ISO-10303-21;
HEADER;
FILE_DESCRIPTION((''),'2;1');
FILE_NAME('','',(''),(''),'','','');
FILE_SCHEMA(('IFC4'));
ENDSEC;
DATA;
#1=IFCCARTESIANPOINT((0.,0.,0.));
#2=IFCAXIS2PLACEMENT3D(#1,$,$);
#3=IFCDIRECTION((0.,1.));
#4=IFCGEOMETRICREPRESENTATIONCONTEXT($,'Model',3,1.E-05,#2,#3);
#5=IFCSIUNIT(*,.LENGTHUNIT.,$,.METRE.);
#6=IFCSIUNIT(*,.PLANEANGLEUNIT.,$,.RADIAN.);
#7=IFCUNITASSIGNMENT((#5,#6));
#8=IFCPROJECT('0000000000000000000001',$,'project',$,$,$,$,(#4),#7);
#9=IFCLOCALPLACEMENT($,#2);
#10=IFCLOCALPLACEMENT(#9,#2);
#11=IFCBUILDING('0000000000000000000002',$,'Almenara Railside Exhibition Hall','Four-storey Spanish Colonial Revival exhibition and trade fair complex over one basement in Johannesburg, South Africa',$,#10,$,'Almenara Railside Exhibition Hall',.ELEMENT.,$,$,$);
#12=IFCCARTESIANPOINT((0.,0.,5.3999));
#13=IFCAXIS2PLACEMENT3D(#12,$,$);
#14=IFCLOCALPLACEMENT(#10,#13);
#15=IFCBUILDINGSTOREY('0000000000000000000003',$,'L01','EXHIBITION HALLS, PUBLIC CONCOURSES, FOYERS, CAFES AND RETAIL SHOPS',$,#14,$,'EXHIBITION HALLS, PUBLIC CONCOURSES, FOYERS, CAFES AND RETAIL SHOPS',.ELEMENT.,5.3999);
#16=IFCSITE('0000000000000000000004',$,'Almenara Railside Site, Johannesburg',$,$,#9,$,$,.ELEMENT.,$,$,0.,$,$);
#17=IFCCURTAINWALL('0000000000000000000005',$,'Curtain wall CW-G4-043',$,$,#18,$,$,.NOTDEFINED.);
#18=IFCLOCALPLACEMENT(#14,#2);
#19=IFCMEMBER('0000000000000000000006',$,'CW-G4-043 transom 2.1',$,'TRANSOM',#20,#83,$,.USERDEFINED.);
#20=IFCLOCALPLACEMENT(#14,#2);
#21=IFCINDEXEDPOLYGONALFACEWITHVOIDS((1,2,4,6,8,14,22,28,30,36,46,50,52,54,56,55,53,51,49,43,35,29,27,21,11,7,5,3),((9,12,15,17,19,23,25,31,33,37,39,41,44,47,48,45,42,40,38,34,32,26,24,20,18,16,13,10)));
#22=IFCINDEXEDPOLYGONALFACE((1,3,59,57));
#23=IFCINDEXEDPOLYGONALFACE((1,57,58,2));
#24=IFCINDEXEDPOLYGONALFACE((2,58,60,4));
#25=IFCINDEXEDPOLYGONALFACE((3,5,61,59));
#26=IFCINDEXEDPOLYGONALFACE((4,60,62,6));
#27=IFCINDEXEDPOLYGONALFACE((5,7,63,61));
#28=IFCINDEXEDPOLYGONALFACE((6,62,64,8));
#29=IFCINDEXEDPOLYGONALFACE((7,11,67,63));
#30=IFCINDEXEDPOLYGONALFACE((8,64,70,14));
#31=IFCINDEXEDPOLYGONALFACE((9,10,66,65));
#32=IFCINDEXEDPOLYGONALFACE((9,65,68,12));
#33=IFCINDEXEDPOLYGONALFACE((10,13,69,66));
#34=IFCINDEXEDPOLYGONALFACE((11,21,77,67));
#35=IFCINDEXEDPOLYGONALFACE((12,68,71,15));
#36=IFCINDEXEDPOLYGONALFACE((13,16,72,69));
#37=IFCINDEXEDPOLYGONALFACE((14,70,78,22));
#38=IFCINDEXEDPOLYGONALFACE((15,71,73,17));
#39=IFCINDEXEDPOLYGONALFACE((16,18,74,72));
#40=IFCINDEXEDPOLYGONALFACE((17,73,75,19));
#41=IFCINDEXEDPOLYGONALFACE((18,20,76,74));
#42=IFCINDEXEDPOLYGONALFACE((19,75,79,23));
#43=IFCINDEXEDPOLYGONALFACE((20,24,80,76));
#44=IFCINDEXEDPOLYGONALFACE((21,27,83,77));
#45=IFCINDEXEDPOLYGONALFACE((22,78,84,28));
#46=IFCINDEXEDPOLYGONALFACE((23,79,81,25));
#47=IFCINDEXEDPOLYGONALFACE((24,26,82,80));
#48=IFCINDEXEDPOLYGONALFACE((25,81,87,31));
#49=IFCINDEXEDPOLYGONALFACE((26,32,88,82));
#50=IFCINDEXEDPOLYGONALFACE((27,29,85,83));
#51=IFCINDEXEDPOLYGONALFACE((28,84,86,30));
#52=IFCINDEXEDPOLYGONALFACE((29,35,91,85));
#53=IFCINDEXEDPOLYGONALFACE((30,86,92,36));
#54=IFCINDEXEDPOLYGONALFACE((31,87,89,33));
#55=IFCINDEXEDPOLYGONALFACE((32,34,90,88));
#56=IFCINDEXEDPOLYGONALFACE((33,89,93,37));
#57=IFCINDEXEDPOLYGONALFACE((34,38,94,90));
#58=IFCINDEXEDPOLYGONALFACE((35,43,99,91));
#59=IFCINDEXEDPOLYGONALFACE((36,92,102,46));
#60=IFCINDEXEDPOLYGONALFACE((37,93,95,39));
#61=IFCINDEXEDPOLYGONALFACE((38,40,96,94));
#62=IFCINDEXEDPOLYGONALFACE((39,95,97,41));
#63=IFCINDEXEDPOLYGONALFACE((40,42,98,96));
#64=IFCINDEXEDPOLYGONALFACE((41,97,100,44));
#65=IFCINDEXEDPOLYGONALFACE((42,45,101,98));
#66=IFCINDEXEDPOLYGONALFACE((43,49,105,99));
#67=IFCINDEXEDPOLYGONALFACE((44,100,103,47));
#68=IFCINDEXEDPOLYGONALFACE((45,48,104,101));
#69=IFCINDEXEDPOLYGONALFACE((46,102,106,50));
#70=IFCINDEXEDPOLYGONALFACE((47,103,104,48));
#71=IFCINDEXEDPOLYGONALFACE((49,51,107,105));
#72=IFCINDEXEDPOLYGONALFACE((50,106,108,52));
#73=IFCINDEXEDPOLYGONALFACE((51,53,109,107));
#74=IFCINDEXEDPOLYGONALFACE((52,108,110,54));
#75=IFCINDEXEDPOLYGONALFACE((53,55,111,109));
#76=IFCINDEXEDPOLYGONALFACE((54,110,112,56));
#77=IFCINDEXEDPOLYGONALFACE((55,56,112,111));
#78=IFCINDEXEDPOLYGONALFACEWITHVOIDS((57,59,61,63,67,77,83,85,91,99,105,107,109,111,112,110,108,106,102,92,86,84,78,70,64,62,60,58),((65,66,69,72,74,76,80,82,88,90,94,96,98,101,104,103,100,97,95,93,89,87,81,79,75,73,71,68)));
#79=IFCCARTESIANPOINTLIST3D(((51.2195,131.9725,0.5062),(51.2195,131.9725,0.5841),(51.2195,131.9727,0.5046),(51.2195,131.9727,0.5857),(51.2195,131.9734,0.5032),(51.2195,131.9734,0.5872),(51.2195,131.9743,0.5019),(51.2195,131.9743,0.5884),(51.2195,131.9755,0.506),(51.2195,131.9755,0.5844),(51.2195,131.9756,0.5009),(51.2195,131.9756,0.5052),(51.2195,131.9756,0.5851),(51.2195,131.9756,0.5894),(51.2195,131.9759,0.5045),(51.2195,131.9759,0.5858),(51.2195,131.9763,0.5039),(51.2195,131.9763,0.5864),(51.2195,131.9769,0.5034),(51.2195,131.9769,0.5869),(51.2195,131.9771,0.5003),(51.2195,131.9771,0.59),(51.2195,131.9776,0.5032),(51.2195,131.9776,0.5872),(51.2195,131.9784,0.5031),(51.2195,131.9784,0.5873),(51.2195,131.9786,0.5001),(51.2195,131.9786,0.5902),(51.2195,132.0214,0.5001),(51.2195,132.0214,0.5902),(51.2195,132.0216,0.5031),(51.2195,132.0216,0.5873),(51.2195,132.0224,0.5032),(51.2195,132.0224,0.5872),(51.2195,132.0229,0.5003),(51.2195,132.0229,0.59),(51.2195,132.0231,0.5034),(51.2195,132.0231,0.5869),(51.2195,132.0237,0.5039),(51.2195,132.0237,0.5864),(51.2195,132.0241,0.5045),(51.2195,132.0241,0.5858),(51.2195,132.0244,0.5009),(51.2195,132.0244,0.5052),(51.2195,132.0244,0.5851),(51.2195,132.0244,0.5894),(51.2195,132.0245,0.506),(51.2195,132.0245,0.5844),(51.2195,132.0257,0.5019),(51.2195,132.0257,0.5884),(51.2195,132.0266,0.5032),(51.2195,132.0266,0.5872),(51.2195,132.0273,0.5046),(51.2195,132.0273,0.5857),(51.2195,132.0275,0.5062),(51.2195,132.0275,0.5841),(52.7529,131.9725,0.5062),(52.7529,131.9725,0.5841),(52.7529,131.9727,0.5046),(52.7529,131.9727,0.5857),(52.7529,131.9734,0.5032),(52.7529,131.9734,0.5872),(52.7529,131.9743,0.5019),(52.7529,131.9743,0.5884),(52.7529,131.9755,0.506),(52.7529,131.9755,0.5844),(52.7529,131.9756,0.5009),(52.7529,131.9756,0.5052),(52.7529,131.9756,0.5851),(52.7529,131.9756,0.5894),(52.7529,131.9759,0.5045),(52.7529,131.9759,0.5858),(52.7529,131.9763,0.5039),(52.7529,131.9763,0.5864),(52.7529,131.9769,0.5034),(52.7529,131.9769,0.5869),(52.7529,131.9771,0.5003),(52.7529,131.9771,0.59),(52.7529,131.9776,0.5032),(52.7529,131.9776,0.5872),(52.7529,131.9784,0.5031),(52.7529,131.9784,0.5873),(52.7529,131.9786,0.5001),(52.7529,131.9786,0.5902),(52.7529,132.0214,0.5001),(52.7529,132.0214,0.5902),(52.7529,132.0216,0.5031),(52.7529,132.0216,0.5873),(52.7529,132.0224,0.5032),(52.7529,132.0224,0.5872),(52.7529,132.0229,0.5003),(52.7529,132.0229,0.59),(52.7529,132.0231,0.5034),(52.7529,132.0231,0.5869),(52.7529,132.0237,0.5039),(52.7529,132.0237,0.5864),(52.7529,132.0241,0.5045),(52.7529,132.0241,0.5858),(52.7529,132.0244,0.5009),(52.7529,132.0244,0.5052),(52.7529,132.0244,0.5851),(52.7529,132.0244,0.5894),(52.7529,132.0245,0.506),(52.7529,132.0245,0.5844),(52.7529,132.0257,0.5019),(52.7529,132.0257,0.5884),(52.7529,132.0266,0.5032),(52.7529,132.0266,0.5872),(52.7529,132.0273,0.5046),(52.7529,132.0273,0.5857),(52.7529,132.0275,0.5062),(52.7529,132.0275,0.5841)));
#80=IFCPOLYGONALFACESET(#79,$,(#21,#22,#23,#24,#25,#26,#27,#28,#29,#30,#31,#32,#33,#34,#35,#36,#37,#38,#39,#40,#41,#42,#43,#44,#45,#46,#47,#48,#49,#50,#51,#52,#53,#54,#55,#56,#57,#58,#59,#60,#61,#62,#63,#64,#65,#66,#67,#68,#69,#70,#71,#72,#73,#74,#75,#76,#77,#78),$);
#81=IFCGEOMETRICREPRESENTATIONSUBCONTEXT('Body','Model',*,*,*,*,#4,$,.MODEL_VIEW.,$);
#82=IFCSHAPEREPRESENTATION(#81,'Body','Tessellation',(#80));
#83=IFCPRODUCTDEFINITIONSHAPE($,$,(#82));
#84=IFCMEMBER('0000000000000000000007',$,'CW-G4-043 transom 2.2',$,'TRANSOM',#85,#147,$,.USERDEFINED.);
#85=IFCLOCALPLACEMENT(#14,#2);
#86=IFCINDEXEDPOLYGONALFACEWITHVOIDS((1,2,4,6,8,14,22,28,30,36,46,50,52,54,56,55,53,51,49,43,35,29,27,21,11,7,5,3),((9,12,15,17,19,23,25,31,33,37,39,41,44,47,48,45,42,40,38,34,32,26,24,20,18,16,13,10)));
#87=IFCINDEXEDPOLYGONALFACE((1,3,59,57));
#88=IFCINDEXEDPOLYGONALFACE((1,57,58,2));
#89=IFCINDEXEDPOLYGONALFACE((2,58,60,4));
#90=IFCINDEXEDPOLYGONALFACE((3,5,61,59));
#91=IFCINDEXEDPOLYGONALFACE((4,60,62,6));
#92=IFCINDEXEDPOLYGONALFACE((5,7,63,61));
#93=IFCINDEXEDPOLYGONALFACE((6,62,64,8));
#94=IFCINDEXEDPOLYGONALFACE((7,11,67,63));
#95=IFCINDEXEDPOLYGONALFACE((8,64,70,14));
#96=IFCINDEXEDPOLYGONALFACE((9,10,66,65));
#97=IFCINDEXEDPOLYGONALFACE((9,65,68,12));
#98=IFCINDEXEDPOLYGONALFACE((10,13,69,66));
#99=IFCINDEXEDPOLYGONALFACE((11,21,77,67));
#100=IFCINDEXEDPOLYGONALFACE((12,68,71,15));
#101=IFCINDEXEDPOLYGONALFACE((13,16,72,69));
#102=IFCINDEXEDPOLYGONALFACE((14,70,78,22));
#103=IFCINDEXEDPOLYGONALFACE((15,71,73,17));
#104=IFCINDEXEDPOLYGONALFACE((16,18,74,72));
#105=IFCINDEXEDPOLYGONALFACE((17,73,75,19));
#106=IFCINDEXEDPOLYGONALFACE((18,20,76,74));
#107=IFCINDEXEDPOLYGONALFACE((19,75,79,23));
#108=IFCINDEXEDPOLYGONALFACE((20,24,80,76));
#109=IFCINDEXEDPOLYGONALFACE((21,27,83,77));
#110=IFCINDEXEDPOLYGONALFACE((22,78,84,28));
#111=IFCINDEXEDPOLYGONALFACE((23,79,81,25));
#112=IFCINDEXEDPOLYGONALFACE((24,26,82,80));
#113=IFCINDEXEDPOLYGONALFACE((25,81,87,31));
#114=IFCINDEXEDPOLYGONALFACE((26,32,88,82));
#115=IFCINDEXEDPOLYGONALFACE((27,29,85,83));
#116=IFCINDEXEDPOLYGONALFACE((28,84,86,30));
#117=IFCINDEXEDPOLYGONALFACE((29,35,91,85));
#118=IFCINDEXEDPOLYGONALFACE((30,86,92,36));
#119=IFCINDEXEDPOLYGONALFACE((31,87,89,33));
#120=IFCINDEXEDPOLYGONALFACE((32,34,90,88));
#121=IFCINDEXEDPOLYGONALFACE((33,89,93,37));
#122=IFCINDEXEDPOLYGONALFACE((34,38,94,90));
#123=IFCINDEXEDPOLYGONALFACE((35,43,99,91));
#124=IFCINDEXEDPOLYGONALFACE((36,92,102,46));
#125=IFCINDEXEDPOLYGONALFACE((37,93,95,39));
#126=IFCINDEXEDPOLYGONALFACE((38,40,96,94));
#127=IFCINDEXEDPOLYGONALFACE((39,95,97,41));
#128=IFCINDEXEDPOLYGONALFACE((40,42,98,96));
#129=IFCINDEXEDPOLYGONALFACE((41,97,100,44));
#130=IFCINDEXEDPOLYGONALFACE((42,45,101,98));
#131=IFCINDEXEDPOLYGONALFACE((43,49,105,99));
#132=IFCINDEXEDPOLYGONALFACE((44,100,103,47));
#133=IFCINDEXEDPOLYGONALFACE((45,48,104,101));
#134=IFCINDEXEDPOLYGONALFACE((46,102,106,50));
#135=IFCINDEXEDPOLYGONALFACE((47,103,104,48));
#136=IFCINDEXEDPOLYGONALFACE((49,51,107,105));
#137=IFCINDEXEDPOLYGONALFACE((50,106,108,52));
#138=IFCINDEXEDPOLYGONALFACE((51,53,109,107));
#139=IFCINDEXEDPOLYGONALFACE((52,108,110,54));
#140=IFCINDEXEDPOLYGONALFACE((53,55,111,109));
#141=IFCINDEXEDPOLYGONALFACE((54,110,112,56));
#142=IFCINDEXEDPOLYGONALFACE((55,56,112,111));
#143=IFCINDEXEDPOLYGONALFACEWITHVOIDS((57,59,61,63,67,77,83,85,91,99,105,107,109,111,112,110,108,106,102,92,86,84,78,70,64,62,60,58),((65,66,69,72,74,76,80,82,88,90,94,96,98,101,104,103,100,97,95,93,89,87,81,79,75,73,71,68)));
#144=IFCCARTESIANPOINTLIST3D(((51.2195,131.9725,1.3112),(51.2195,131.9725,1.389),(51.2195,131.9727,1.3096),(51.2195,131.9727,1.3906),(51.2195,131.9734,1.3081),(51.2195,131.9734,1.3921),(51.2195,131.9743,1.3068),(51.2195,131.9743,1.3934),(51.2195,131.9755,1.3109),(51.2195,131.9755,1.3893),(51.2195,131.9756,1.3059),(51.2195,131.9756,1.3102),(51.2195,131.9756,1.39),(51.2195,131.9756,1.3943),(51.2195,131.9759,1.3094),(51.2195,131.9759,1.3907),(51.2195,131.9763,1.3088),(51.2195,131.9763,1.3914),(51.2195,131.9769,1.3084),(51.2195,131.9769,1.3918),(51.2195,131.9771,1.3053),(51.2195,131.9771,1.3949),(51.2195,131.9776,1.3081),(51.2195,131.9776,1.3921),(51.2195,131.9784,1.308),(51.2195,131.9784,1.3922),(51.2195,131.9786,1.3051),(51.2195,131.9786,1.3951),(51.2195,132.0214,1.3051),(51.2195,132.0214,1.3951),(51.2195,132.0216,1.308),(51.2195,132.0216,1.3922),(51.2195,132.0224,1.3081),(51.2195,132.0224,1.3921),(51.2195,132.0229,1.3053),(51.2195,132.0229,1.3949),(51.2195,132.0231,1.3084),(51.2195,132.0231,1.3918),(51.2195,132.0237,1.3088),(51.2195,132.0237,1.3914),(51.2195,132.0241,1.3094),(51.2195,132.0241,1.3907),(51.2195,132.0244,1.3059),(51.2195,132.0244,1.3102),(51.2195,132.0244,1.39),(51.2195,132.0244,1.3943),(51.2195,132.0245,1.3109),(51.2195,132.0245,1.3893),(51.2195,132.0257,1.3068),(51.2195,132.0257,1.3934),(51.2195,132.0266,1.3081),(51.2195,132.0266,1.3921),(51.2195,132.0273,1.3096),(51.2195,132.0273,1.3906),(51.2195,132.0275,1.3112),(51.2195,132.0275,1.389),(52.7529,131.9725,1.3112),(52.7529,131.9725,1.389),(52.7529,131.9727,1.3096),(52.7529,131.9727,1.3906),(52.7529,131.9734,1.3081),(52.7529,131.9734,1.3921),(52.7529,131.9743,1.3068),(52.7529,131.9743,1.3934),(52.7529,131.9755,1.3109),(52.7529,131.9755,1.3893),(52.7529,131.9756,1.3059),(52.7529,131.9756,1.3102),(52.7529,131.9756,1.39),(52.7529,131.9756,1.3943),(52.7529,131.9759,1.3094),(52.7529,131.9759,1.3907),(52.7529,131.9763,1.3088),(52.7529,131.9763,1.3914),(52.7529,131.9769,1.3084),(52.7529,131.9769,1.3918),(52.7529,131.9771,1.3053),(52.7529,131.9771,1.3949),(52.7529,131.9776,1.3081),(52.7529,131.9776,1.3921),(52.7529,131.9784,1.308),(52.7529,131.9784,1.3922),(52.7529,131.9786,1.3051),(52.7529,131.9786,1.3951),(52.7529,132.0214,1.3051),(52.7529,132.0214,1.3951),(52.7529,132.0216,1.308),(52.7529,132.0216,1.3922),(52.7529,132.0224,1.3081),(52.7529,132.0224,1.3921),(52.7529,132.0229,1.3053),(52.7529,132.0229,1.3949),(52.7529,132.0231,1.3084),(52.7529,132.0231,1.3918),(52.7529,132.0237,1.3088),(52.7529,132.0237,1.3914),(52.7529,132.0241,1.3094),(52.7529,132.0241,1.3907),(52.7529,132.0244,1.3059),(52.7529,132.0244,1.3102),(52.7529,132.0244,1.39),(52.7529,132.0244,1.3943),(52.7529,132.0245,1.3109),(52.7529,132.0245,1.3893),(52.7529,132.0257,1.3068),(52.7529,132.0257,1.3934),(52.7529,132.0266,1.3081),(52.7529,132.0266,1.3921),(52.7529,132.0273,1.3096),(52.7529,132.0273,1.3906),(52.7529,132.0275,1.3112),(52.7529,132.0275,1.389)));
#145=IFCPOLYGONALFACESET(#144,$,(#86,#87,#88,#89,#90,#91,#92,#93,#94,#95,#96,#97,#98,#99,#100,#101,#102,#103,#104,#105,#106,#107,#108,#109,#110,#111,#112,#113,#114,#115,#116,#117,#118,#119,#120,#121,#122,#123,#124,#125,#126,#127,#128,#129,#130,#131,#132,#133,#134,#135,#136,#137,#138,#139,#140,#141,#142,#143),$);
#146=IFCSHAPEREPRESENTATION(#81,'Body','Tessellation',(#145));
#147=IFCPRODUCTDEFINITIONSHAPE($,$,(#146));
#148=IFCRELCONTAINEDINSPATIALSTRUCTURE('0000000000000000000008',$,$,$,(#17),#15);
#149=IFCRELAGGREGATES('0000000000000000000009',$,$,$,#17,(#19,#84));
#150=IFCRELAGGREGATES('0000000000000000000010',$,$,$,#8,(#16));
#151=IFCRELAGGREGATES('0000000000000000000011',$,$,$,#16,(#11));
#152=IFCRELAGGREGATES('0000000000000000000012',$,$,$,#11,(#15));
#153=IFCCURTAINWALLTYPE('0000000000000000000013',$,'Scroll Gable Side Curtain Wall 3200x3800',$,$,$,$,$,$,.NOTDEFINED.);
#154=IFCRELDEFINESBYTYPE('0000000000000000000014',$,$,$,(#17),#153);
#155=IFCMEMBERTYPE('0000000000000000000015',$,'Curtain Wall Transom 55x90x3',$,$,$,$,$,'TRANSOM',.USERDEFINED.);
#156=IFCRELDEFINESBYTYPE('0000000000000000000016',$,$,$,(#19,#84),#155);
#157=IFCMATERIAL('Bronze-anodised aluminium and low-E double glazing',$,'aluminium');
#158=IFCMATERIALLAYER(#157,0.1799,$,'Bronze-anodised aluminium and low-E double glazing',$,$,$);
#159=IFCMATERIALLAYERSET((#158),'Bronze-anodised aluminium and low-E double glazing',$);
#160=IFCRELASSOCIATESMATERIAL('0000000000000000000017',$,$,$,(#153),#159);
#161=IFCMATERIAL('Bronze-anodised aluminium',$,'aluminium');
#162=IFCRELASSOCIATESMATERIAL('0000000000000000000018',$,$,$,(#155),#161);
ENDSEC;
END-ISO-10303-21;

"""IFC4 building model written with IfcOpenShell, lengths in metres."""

from ifc_helpers import new_model, si_unit, direction, frame, origin, origin_2d, place, context, subcontext, project, spatial, hollow_rectangle, extrude, material, layer, layer_set, material_profile, profile_set, type_object, element, aggregate, save


model = new_model("IFC4")

# Units and contexts
model_context = context("Model", 3, precision=1e-05, world=origin(), true_north=direction((0.0, 1.0)))
body_context = subcontext(model_context, "Body", "Model", "MODEL_VIEW")
ifc_project = project(units=[si_unit("LENGTHUNIT", "METRE"), si_unit("PLANEANGLEUNIT", "RADIAN")], contexts=[model_context])

# Site, building, storey
site_placement = place(None, origin())
site = spatial("IfcSite", under=ifc_project, at=site_placement, Name="Almenara Railside Site, Johannesburg", CompositionType="ELEMENT", RefElevation=0.0)
building_placement = place(site_placement, origin())
building = spatial("IfcBuilding", under=site, at=building_placement, Name="Almenara Railside Exhibition Hall", Description="Four-storey Spanish Colonial Revival exhibition and trade fair complex over one basement in Johannesburg, South Africa", LongName="Almenara Railside Exhibition Hall", CompositionType="ELEMENT")
storey_placement = place(building_placement, frame((0.0, 0.0, 5.3999)))
storey = spatial("IfcBuildingStorey", under=building, at=storey_placement, Name="L01", Description="EXHIBITION HALLS, PUBLIC CONCOURSES, FOYERS, CAFES AND RETAIL SHOPS", LongName="EXHIBITION HALLS, PUBLIC CONCOURSES, FOYERS, CAFES AND RETAIL SHOPS", CompositionType="ELEMENT", Elevation=5.3999)

# Curtain wall
ifc_material_1 = material(Name="Bronze-anodised aluminium and low-E double glazing", Category="aluminium")
ifc_layer_1 = layer(ifc_material_1, 0.1799, Name="Bronze-anodised aluminium and low-E double glazing")
ifc_layer_set_1 = layer_set([ifc_layer_1], Name="Bronze-anodised aluminium and low-E double glazing")
curtain_wall_type_1 = type_object("IfcCurtainWallType", Name="Scroll Gable Side Curtain Wall 3200x3800", PredefinedType="NOTDEFINED", material=ifc_layer_set_1)
curtain_wall_1_placement = place(storey_placement, origin())
curtain_wall_1 = element("IfcCurtainWall", 1, at=curtain_wall_1_placement, inside=storey, type_object=curtain_wall_type_1, Name="Curtain wall CW-G4-043", PredefinedType="NOTDEFINED")
ifc_material_2 = material(Name="Bronze-anodised aluminium", Category="aluminium")

# Members
ifc_material_profile_1 = material_profile(ifc_material_2, hollow_rectangle(XDim=0.0549, YDim=0.0901, WallThickness=0.0029, InnerFilletRadius=0.0029, OuterFilletRadius=0.0061, at=origin_2d()), Name="ALU-TRN 55x90x3")
ifc_profile_set_1 = profile_set([ifc_material_profile_1], Name="Bronze-anodised aluminium")
member_type_1 = type_object("IfcMemberType", Name="Curtain Wall Transom 55x90x3", ElementType="TRANSOM", PredefinedType="USERDEFINED", material=ifc_profile_set_1)
member_1_placement = place(storey_placement, frame((51.2195, 132.0, 0.5452), z_axis=(1.0, 0.0, 0.0), x_axis=(0.0, 1.0, 0.0)))
member_1 = element("IfcMember", 2, at=member_1_placement, type_object=member_type_1, Name="CW-G4-043 transom 2.1", ObjectType="TRANSOM", PredefinedType="USERDEFINED", context=body_context, shape_type="SweptSolid", body=[
    extrude(hollow_rectangle(XDim=0.0549, YDim=0.0901, WallThickness=0.0029, InnerFilletRadius=0.0029, OuterFilletRadius=0.0061, at=origin_2d()), origin(), (0.0, 0.0, 1.0), 1.5334),
])
member_2_placement = place(storey_placement, frame((51.2195, 132.0, 1.3501), z_axis=(1.0, 0.0, 0.0), x_axis=(0.0, 1.0, 0.0)))
member_2 = element("IfcMember", 3, at=member_2_placement, type_object=member_type_1, Name="CW-G4-043 transom 2.2", ObjectType="TRANSOM", PredefinedType="USERDEFINED", context=body_context, shape_type="SweptSolid", body=[
    extrude(hollow_rectangle(XDim=0.0549, YDim=0.0901, WallThickness=0.0029, InnerFilletRadius=0.0029, OuterFilletRadius=0.0061, at=origin_2d()), origin(), (0.0, 0.0, 1.0), 1.5334),
])

aggregate(curtain_wall_1, [member_1, member_2])

save(model, "model.ifc")
